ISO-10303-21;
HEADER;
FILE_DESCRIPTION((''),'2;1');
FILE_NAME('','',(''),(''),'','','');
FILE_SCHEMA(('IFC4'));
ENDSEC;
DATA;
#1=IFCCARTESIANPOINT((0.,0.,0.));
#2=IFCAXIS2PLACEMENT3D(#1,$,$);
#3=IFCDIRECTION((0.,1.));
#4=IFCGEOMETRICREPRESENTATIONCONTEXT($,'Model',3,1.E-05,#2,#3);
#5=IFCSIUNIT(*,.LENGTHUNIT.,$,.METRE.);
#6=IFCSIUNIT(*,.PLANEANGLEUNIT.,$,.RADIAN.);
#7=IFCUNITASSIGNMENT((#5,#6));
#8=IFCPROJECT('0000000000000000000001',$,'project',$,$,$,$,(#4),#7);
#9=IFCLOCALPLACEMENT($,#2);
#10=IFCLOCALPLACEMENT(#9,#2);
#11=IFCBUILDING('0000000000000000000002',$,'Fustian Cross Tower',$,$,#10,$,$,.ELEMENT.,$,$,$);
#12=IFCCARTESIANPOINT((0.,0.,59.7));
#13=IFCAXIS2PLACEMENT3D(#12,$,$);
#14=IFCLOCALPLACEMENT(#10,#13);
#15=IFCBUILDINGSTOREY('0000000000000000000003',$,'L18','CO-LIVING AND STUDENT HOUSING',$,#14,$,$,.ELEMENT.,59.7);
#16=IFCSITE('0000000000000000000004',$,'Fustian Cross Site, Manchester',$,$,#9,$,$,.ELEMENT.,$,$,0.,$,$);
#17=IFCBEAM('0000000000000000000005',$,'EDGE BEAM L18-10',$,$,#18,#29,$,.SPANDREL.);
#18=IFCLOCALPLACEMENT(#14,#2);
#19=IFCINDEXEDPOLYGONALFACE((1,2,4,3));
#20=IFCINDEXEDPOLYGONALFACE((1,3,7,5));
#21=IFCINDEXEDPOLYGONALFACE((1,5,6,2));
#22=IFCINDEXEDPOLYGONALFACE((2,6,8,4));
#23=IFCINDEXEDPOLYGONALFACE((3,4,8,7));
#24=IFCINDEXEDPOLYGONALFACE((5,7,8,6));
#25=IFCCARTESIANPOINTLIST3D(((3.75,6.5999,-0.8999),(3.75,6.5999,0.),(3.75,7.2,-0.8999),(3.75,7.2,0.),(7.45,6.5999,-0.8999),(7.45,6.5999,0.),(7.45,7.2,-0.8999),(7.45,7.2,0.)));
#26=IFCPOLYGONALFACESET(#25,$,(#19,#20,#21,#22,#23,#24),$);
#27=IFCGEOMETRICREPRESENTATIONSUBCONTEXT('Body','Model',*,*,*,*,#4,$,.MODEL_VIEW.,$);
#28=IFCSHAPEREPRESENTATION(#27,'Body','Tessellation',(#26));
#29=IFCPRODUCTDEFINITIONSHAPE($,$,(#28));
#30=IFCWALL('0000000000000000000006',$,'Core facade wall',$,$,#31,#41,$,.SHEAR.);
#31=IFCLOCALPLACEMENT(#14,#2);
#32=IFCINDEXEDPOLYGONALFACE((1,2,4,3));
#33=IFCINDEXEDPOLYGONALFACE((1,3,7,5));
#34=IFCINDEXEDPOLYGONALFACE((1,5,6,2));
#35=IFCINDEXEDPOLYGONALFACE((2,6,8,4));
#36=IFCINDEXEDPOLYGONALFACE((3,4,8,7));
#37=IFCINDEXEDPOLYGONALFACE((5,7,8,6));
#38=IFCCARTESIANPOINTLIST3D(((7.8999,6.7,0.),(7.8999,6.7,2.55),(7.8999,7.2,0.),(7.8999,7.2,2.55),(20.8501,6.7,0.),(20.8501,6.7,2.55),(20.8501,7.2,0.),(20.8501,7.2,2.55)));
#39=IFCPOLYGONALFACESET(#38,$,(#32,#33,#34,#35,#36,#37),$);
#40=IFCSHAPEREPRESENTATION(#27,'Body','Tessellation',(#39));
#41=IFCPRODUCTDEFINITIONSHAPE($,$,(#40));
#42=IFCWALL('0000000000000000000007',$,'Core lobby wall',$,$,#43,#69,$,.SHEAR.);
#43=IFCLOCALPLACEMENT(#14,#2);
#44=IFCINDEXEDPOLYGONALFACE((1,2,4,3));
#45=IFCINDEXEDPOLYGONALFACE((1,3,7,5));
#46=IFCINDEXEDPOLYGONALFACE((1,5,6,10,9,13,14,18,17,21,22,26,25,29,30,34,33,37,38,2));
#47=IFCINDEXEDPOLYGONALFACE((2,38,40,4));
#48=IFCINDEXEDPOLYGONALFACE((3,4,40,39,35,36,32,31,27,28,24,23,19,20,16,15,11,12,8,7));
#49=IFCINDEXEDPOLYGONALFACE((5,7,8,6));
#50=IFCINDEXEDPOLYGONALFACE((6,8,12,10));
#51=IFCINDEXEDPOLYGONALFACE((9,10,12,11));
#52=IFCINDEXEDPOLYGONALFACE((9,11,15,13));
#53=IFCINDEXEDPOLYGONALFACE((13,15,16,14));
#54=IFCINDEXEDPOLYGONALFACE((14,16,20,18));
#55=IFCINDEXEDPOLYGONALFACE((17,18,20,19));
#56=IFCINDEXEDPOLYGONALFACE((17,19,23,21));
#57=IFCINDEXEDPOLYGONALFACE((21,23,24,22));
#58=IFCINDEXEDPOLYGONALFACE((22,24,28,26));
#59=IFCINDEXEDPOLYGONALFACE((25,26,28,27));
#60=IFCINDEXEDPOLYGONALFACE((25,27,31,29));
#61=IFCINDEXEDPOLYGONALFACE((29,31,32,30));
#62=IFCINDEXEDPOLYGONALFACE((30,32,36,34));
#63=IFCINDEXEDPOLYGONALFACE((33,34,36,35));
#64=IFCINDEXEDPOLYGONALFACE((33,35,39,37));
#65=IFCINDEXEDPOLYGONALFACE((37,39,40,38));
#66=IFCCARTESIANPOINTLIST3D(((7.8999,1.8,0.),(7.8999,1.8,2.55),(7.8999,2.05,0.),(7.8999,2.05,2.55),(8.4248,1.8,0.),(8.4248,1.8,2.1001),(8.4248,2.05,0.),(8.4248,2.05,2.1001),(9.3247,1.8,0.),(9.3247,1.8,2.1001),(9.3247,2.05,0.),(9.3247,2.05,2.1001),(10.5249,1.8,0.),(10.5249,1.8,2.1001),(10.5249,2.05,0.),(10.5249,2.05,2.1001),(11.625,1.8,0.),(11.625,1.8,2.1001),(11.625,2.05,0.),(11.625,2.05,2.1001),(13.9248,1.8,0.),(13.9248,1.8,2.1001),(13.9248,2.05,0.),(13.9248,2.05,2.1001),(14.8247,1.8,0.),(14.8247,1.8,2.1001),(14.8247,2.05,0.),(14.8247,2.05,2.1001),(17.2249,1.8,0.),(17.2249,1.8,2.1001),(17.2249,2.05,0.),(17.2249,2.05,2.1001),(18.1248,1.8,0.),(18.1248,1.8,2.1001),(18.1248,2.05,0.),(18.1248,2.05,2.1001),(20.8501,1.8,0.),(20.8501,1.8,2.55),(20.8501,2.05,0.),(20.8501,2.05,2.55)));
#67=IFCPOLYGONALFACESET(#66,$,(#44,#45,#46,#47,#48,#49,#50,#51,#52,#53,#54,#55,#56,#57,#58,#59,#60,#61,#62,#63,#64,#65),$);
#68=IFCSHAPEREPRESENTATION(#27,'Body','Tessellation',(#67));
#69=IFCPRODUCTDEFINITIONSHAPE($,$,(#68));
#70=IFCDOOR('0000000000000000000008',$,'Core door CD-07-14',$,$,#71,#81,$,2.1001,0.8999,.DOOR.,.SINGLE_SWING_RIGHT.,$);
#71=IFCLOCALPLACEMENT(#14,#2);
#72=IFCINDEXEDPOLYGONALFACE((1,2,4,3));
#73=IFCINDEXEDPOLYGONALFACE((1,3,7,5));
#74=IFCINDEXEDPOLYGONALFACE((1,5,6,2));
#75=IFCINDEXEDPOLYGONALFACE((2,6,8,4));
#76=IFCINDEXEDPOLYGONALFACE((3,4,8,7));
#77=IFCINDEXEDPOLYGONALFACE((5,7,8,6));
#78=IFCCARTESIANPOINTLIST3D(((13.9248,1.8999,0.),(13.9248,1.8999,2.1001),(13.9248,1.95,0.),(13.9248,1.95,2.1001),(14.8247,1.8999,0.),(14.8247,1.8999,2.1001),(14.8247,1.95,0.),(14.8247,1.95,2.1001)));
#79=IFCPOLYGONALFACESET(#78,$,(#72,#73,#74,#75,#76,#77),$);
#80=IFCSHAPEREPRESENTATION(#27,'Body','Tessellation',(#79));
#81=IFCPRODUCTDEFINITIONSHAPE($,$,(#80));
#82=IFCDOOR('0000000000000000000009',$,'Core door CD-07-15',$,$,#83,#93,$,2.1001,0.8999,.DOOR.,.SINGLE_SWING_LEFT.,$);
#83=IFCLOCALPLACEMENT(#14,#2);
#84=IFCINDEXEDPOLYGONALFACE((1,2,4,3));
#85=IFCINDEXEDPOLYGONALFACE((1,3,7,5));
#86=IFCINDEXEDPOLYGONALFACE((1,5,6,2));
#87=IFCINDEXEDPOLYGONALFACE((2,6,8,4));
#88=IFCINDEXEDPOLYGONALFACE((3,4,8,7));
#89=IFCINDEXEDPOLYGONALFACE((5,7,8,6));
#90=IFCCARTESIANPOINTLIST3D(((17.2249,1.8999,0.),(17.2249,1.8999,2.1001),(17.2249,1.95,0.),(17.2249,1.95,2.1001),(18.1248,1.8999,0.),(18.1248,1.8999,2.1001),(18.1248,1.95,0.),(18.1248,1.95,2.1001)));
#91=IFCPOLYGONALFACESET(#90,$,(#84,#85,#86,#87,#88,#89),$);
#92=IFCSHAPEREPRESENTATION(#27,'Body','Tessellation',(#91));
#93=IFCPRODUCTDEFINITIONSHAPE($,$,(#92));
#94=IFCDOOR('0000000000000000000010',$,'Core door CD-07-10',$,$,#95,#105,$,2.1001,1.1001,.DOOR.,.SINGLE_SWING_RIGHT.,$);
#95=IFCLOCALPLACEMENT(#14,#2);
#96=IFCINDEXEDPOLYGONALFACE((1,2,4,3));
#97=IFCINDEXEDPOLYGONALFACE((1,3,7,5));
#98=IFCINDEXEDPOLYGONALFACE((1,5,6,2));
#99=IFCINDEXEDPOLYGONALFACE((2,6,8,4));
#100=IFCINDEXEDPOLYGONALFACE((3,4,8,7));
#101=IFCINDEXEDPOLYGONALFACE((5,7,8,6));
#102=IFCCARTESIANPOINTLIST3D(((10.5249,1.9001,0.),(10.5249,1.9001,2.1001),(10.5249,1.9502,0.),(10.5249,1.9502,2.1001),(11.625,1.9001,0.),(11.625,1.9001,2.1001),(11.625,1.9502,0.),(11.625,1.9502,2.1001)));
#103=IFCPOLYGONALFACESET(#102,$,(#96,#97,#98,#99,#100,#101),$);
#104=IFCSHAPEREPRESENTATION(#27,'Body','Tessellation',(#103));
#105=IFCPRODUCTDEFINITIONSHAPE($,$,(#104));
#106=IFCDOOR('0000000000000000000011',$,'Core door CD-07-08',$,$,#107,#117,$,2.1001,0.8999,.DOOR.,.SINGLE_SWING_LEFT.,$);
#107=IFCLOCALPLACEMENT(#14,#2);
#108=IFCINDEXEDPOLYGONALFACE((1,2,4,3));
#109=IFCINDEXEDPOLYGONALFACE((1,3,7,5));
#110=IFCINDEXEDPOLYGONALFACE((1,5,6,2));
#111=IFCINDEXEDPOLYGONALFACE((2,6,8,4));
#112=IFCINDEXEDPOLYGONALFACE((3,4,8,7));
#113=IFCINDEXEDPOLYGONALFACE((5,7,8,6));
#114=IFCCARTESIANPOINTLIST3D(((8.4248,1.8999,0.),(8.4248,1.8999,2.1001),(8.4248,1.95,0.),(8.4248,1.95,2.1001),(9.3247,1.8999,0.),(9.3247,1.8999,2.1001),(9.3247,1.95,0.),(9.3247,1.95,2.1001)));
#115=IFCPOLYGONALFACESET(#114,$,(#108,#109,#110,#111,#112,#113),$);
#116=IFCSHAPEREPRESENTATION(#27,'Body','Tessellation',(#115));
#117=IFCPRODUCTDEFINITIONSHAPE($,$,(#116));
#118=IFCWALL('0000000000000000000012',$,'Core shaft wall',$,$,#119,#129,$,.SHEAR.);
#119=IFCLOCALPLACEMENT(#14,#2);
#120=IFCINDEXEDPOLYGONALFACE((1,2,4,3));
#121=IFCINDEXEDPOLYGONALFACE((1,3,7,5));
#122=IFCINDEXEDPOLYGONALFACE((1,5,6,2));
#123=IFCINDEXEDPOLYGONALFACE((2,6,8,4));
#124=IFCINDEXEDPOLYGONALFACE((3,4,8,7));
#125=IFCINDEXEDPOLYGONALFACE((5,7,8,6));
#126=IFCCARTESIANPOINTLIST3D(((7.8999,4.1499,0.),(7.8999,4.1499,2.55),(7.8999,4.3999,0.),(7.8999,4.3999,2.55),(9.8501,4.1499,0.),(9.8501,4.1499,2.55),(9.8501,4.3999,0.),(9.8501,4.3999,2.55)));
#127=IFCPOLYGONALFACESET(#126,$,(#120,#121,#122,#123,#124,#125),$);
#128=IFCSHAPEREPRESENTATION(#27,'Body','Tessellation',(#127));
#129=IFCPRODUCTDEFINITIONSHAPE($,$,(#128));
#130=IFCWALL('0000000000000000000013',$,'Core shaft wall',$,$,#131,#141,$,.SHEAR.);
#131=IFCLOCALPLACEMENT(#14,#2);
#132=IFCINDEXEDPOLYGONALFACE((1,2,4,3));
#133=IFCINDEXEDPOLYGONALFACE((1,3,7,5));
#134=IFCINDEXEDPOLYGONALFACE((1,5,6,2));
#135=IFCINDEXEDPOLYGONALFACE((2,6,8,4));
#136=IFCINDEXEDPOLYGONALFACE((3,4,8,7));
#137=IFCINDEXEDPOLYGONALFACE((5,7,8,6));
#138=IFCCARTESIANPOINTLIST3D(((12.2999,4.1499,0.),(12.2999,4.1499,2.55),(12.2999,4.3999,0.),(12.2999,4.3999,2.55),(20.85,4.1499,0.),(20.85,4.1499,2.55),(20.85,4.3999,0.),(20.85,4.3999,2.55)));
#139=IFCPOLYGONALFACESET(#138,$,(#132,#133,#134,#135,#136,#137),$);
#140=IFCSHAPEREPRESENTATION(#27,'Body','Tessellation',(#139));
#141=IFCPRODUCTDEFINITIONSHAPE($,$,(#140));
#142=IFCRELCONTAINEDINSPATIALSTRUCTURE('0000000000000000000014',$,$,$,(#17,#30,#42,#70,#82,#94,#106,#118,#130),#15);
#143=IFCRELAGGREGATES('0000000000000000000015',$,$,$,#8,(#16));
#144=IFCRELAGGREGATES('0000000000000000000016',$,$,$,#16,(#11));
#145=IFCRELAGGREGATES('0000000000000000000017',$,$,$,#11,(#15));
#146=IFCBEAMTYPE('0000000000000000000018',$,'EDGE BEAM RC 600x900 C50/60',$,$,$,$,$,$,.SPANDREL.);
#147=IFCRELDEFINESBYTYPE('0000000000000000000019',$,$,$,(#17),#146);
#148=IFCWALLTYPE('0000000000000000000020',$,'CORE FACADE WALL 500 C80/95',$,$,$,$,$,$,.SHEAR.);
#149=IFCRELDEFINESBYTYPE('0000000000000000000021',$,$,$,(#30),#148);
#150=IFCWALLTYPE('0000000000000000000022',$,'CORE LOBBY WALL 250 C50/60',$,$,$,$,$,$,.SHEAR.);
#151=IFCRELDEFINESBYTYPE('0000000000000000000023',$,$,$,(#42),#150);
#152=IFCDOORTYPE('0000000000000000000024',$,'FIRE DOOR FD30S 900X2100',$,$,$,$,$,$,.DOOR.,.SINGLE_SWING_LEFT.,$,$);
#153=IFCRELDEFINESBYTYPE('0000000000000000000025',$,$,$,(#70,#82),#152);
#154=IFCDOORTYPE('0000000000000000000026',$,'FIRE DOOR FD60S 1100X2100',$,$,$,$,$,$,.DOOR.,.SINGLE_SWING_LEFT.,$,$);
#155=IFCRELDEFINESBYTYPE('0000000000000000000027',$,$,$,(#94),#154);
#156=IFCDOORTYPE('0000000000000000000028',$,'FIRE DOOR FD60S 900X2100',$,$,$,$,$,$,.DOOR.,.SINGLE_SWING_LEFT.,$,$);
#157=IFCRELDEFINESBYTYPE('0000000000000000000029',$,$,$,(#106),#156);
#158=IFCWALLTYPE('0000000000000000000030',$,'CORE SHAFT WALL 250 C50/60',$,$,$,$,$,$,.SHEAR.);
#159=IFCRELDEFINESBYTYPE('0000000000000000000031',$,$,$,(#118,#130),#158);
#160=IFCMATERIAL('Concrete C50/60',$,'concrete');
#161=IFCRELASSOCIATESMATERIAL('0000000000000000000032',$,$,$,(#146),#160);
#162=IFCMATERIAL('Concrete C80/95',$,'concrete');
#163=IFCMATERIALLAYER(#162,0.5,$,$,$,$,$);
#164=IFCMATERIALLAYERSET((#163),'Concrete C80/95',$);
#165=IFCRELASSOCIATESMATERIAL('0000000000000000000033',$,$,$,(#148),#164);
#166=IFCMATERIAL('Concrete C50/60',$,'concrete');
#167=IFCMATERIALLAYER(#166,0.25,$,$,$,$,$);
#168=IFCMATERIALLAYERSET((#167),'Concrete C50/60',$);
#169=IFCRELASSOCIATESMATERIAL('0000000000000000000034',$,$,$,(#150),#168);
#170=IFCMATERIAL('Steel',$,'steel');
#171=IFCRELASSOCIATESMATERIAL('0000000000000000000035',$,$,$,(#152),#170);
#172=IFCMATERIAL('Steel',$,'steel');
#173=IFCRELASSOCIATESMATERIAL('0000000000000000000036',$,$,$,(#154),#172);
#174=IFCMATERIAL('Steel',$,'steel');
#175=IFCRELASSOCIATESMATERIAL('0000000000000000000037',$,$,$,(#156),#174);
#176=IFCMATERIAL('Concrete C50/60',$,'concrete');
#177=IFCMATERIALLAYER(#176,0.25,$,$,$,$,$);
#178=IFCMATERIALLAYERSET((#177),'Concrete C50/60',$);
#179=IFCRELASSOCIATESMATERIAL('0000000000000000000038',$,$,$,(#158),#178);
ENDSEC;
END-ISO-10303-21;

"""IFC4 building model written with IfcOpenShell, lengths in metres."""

from ifc_helpers import new_model, si_unit, direction, frame, frame_2d, origin, origin_2d, place, context, subcontext, project, spatial, rectangle, extrude, material, layer, layer_set, material_profile, profile_set, type_object, element, fill, save


model = new_model("IFC4")

# Units and contexts
model_context = context("Model", 3, precision=1e-05, world=origin(), true_north=direction((0.0, 1.0)))
body_context = subcontext(model_context, "Body", "Model", "MODEL_VIEW")
ifc_project = project(units=[si_unit("LENGTHUNIT", "METRE"), si_unit("PLANEANGLEUNIT", "RADIAN")], contexts=[model_context])

# Site, building, storey
site_placement = place(None, origin())
site = spatial("IfcSite", under=ifc_project, at=site_placement, Name="Fustian Cross Site, Manchester", CompositionType="ELEMENT", RefElevation=0.0)
building_placement = place(site_placement, origin())
building = spatial("IfcBuilding", under=site, at=building_placement, Name="Fustian Cross Tower", CompositionType="ELEMENT")
storey_placement = place(building_placement, frame((0.0, 0.0, 59.7)))
storey = spatial("IfcBuildingStorey", under=building, at=storey_placement, Name="L18", Description="CO-LIVING AND STUDENT HOUSING", CompositionType="ELEMENT", Elevation=59.7)

# Beam
ifc_material_1 = material(Name="Concrete C50/60", Category="concrete")
ifc_material_profile = material_profile(ifc_material_1, rectangle(XDim=0.6001, YDim=0.8999, at=origin_2d()), Name="RC 600x900")
ifc_profile_set = profile_set([ifc_material_profile], Name="Concrete C50/60")
beam_type = type_object("IfcBeamType", Name="EDGE BEAM RC 600x900 C50/60", PredefinedType="SPANDREL", material=ifc_profile_set)
beam_placement = place(storey_placement, frame((7.45, 6.8999, -0.45), z_axis=(-1.0, 0.0, 0.0), x_axis=(0.0, -1.0, 0.0)))
element("IfcBeam", 1, at=beam_placement, inside=storey, type_object=beam_type, Name="EDGE BEAM L18-10", PredefinedType="SPANDREL", context=body_context, shape_type="SweptSolid", body=[
    extrude(rectangle(XDim=0.6001, YDim=0.8999, at=origin_2d()), origin(), (0.0, 0.0, 1.0), 3.7),
])

# Wall
ifc_material_2 = material(Name="Concrete C80/95", Category="concrete")
ifc_layer_1 = layer(ifc_material_2, 0.5)
ifc_layer_set_1 = layer_set([ifc_layer_1], Name="Concrete C80/95")
wall_type_1 = type_object("IfcWallType", Name="CORE FACADE WALL 500 C80/95", PredefinedType="SHEAR", material=ifc_layer_set_1)
wall_1_placement = place(storey_placement, frame((7.8999, 6.95, 0.0), z_axis=(0.0, 0.0, 1.0), x_axis=(1.0, 0.0, 0.0)))
element("IfcWall", 2, at=wall_1_placement, inside=storey, type_object=wall_type_1, Name="Core facade wall", PredefinedType="SHEAR", context=body_context, shape_type="SweptSolid", body=[
    extrude(rectangle(XDim=12.9502, YDim=0.5, at=frame_2d((6.4751, 0.0))), origin(), (0.0, 0.0, 1.0), 2.55),
])

# Wall, openings, doors
ifc_material_3 = material(Name="Concrete C50/60", Category="concrete")
ifc_layer_2 = layer(ifc_material_3, 0.25)
ifc_layer_set_2 = layer_set([ifc_layer_2], Name="Concrete C50/60")
wall_type_2 = type_object("IfcWallType", Name="CORE LOBBY WALL 250 C50/60", PredefinedType="SHEAR", material=ifc_layer_set_2)
wall_2_placement = place(storey_placement, frame((7.8999, 1.925, 0.0), z_axis=(0.0, 0.0, 1.0), x_axis=(1.0, 0.0, 0.0)))
wall_2 = element("IfcWall", 3, at=wall_2_placement, inside=storey, type_object=wall_type_2, Name="Core lobby wall", PredefinedType="SHEAR", context=body_context, shape_type="SweptSolid", body=[
    extrude(rectangle(XDim=12.9502, YDim=0.25, at=frame_2d((6.4751, 0.0))), origin(), (0.0, 0.0, 1.0), 2.55),
])
opening_1_placement = place(wall_2_placement, frame((0.5249, 0.0, 0.0)))
opening_1 = element("IfcOpeningElement", 4, at=opening_1_placement, cuts=wall_2, PredefinedType="OPENING", context=body_context, shape_type="SweptSolid", body=[
    extrude(rectangle(XDim=0.8999, YDim=2.1001, at=frame_2d((0.45, 1.05))), frame((0.0, 0.135, 0.0), z_axis=(0.0, -1.0, 0.0), x_axis=(1.0, 0.0, 0.0)), (0.0, 0.0, 1.0), 0.27),
])
opening_2_placement = place(wall_2_placement, frame((2.625, 0.0, 0.0)))
opening_2 = element("IfcOpeningElement", 5, at=opening_2_placement, cuts=wall_2, PredefinedType="OPENING", context=body_context, shape_type="SweptSolid", body=[
    extrude(rectangle(XDim=1.1001, YDim=2.1001, at=frame_2d((0.55, 1.05))), frame((0.0, 0.135, 0.0), z_axis=(0.0, -1.0, 0.0), x_axis=(1.0, 0.0, 0.0)), (0.0, 0.0, 1.0), 0.27),
])
opening_3_placement = place(wall_2_placement, frame((6.0249, 0.0, 0.0)))
opening_3 = element("IfcOpeningElement", 6, at=opening_3_placement, cuts=wall_2, PredefinedType="OPENING", context=body_context, shape_type="SweptSolid", body=[
    extrude(rectangle(XDim=0.8999, YDim=2.1001, at=frame_2d((0.45, 1.05))), frame((0.0, 0.135, 0.0), z_axis=(0.0, -1.0, 0.0), x_axis=(1.0, 0.0, 0.0)), (0.0, 0.0, 1.0), 0.27),
])
opening_4_placement = place(wall_2_placement, frame((9.325, 0.0, 0.0)))
opening_4 = element("IfcOpeningElement", 7, at=opening_4_placement, cuts=wall_2, PredefinedType="OPENING", context=body_context, shape_type="SweptSolid", body=[
    extrude(rectangle(XDim=0.8999, YDim=2.1001, at=frame_2d((0.45, 1.05))), frame((0.0, 0.135, 0.0), z_axis=(0.0, -1.0, 0.0), x_axis=(1.0, 0.0, 0.0)), (0.0, 0.0, 1.0), 0.27),
])
ifc_material_4 = material(Name="Steel", Category="steel")
door_type_1 = type_object("IfcDoorType", Name="FIRE DOOR FD30S 900X2100", OperationType="SINGLE_SWING_LEFT", PredefinedType="DOOR", material=ifc_material_4)
door_1_placement = place(opening_3_placement, origin())
door_1 = element("IfcDoor", 8, at=door_1_placement, inside=storey, type_object=door_type_1, Name="Core door CD-07-14", OperationType="SINGLE_SWING_RIGHT", OverallHeight=2.1001, OverallWidth=0.8999, PredefinedType="DOOR", context=body_context, shape_type="SweptSolid", body=[
    extrude(rectangle(XDim=0.8999, YDim=2.1001, at=frame_2d((0.45, 1.05))), frame((0.0, 0.0249, 0.0), z_axis=(0.0, -1.0, 0.0), x_axis=(1.0, 0.0, 0.0)), (0.0, 0.0, 1.0), 0.05),
])
fill(opening_3, door_1)
door_2_placement = place(opening_4_placement, origin())
door_2 = element("IfcDoor", 9, at=door_2_placement, inside=storey, type_object=door_type_1, Name="Core door CD-07-15", OperationType="SINGLE_SWING_LEFT", OverallHeight=2.1001, OverallWidth=0.8999, PredefinedType="DOOR", context=body_context, shape_type="SweptSolid", body=[
    extrude(rectangle(XDim=0.8999, YDim=2.1001, at=frame_2d((0.45, 1.05))), frame((0.0, 0.0249, 0.0), z_axis=(0.0, -1.0, 0.0), x_axis=(1.0, 0.0, 0.0)), (0.0, 0.0, 1.0), 0.05),
])
fill(opening_4, door_2)
ifc_material_5 = material(Name="Steel", Category="steel")
door_type_2 = type_object("IfcDoorType", Name="FIRE DOOR FD60S 1100X2100", OperationType="SINGLE_SWING_LEFT", PredefinedType="DOOR", material=ifc_material_5)
door_3_placement = place(opening_2_placement, frame((1.1001, 0.0, 0.0), z_axis=(0.0, 0.0, 1.0), x_axis=(-1.0, 0.0, 0.0)))
door_3 = element("IfcDoor", 10, at=door_3_placement, inside=storey, type_object=door_type_2, Name="Core door CD-07-10", OperationType="SINGLE_SWING_RIGHT", OverallHeight=2.1001, OverallWidth=1.1001, PredefinedType="DOOR", context=body_context, shape_type="SweptSolid", body=[
    extrude(rectangle(XDim=1.1001, YDim=2.1001, at=frame_2d((0.55, 1.05))), frame((0.0, 0.0249, 0.0), z_axis=(0.0, -1.0, 0.0), x_axis=(1.0, 0.0, 0.0)), (0.0, 0.0, 1.0), 0.05),
])
fill(opening_2, door_3)
ifc_material_6 = material(Name="Steel", Category="steel")
door_type_3 = type_object("IfcDoorType", Name="FIRE DOOR FD60S 900X2100", OperationType="SINGLE_SWING_LEFT", PredefinedType="DOOR", material=ifc_material_6)
door_4_placement = place(opening_1_placement, origin())
door_4 = element("IfcDoor", 11, at=door_4_placement, inside=storey, type_object=door_type_3, Name="Core door CD-07-08", OperationType="SINGLE_SWING_LEFT", OverallHeight=2.1001, OverallWidth=0.8999, PredefinedType="DOOR", context=body_context, shape_type="SweptSolid", body=[
    extrude(rectangle(XDim=0.8999, YDim=2.1001, at=frame_2d((0.45, 1.05))), frame((0.0, 0.0249, 0.0), z_axis=(0.0, -1.0, 0.0), x_axis=(1.0, 0.0, 0.0)), (0.0, 0.0, 1.0), 0.05),
])
fill(opening_1, door_4)

# Walls
ifc_material_7 = material(Name="Concrete C50/60", Category="concrete")
ifc_layer_3 = layer(ifc_material_7, 0.25)
ifc_layer_set_3 = layer_set([ifc_layer_3], Name="Concrete C50/60")
wall_type_3 = type_object("IfcWallType", Name="CORE SHAFT WALL 250 C50/60", PredefinedType="SHEAR", material=ifc_layer_set_3)
wall_3_placement = place(storey_placement, frame((7.8999, 4.2749, 0.0), z_axis=(0.0, 0.0, 1.0), x_axis=(1.0, 0.0, 0.0)))
element("IfcWall", 12, at=wall_3_placement, inside=storey, type_object=wall_type_3, Name="Core shaft wall", PredefinedType="SHEAR", context=body_context, shape_type="SweptSolid", body=[
    extrude(rectangle(XDim=1.9502, YDim=0.25, at=frame_2d((0.9751, 0.0))), origin(), (0.0, 0.0, 1.0), 2.55),
])
wall_4_placement = place(storey_placement, frame((12.3, 4.2749, 0.0), z_axis=(0.0, 0.0, 1.0), x_axis=(1.0, 0.0, 0.0)))
element("IfcWall", 13, at=wall_4_placement, inside=storey, type_object=wall_type_3, Name="Core shaft wall", PredefinedType="SHEAR", context=body_context, shape_type="SweptSolid", body=[
    extrude(rectangle(XDim=8.55, YDim=0.25, at=frame_2d((4.2749, 0.0))), origin(), (0.0, 0.0, 1.0), 2.55),
])

save(model, "model.ifc")
